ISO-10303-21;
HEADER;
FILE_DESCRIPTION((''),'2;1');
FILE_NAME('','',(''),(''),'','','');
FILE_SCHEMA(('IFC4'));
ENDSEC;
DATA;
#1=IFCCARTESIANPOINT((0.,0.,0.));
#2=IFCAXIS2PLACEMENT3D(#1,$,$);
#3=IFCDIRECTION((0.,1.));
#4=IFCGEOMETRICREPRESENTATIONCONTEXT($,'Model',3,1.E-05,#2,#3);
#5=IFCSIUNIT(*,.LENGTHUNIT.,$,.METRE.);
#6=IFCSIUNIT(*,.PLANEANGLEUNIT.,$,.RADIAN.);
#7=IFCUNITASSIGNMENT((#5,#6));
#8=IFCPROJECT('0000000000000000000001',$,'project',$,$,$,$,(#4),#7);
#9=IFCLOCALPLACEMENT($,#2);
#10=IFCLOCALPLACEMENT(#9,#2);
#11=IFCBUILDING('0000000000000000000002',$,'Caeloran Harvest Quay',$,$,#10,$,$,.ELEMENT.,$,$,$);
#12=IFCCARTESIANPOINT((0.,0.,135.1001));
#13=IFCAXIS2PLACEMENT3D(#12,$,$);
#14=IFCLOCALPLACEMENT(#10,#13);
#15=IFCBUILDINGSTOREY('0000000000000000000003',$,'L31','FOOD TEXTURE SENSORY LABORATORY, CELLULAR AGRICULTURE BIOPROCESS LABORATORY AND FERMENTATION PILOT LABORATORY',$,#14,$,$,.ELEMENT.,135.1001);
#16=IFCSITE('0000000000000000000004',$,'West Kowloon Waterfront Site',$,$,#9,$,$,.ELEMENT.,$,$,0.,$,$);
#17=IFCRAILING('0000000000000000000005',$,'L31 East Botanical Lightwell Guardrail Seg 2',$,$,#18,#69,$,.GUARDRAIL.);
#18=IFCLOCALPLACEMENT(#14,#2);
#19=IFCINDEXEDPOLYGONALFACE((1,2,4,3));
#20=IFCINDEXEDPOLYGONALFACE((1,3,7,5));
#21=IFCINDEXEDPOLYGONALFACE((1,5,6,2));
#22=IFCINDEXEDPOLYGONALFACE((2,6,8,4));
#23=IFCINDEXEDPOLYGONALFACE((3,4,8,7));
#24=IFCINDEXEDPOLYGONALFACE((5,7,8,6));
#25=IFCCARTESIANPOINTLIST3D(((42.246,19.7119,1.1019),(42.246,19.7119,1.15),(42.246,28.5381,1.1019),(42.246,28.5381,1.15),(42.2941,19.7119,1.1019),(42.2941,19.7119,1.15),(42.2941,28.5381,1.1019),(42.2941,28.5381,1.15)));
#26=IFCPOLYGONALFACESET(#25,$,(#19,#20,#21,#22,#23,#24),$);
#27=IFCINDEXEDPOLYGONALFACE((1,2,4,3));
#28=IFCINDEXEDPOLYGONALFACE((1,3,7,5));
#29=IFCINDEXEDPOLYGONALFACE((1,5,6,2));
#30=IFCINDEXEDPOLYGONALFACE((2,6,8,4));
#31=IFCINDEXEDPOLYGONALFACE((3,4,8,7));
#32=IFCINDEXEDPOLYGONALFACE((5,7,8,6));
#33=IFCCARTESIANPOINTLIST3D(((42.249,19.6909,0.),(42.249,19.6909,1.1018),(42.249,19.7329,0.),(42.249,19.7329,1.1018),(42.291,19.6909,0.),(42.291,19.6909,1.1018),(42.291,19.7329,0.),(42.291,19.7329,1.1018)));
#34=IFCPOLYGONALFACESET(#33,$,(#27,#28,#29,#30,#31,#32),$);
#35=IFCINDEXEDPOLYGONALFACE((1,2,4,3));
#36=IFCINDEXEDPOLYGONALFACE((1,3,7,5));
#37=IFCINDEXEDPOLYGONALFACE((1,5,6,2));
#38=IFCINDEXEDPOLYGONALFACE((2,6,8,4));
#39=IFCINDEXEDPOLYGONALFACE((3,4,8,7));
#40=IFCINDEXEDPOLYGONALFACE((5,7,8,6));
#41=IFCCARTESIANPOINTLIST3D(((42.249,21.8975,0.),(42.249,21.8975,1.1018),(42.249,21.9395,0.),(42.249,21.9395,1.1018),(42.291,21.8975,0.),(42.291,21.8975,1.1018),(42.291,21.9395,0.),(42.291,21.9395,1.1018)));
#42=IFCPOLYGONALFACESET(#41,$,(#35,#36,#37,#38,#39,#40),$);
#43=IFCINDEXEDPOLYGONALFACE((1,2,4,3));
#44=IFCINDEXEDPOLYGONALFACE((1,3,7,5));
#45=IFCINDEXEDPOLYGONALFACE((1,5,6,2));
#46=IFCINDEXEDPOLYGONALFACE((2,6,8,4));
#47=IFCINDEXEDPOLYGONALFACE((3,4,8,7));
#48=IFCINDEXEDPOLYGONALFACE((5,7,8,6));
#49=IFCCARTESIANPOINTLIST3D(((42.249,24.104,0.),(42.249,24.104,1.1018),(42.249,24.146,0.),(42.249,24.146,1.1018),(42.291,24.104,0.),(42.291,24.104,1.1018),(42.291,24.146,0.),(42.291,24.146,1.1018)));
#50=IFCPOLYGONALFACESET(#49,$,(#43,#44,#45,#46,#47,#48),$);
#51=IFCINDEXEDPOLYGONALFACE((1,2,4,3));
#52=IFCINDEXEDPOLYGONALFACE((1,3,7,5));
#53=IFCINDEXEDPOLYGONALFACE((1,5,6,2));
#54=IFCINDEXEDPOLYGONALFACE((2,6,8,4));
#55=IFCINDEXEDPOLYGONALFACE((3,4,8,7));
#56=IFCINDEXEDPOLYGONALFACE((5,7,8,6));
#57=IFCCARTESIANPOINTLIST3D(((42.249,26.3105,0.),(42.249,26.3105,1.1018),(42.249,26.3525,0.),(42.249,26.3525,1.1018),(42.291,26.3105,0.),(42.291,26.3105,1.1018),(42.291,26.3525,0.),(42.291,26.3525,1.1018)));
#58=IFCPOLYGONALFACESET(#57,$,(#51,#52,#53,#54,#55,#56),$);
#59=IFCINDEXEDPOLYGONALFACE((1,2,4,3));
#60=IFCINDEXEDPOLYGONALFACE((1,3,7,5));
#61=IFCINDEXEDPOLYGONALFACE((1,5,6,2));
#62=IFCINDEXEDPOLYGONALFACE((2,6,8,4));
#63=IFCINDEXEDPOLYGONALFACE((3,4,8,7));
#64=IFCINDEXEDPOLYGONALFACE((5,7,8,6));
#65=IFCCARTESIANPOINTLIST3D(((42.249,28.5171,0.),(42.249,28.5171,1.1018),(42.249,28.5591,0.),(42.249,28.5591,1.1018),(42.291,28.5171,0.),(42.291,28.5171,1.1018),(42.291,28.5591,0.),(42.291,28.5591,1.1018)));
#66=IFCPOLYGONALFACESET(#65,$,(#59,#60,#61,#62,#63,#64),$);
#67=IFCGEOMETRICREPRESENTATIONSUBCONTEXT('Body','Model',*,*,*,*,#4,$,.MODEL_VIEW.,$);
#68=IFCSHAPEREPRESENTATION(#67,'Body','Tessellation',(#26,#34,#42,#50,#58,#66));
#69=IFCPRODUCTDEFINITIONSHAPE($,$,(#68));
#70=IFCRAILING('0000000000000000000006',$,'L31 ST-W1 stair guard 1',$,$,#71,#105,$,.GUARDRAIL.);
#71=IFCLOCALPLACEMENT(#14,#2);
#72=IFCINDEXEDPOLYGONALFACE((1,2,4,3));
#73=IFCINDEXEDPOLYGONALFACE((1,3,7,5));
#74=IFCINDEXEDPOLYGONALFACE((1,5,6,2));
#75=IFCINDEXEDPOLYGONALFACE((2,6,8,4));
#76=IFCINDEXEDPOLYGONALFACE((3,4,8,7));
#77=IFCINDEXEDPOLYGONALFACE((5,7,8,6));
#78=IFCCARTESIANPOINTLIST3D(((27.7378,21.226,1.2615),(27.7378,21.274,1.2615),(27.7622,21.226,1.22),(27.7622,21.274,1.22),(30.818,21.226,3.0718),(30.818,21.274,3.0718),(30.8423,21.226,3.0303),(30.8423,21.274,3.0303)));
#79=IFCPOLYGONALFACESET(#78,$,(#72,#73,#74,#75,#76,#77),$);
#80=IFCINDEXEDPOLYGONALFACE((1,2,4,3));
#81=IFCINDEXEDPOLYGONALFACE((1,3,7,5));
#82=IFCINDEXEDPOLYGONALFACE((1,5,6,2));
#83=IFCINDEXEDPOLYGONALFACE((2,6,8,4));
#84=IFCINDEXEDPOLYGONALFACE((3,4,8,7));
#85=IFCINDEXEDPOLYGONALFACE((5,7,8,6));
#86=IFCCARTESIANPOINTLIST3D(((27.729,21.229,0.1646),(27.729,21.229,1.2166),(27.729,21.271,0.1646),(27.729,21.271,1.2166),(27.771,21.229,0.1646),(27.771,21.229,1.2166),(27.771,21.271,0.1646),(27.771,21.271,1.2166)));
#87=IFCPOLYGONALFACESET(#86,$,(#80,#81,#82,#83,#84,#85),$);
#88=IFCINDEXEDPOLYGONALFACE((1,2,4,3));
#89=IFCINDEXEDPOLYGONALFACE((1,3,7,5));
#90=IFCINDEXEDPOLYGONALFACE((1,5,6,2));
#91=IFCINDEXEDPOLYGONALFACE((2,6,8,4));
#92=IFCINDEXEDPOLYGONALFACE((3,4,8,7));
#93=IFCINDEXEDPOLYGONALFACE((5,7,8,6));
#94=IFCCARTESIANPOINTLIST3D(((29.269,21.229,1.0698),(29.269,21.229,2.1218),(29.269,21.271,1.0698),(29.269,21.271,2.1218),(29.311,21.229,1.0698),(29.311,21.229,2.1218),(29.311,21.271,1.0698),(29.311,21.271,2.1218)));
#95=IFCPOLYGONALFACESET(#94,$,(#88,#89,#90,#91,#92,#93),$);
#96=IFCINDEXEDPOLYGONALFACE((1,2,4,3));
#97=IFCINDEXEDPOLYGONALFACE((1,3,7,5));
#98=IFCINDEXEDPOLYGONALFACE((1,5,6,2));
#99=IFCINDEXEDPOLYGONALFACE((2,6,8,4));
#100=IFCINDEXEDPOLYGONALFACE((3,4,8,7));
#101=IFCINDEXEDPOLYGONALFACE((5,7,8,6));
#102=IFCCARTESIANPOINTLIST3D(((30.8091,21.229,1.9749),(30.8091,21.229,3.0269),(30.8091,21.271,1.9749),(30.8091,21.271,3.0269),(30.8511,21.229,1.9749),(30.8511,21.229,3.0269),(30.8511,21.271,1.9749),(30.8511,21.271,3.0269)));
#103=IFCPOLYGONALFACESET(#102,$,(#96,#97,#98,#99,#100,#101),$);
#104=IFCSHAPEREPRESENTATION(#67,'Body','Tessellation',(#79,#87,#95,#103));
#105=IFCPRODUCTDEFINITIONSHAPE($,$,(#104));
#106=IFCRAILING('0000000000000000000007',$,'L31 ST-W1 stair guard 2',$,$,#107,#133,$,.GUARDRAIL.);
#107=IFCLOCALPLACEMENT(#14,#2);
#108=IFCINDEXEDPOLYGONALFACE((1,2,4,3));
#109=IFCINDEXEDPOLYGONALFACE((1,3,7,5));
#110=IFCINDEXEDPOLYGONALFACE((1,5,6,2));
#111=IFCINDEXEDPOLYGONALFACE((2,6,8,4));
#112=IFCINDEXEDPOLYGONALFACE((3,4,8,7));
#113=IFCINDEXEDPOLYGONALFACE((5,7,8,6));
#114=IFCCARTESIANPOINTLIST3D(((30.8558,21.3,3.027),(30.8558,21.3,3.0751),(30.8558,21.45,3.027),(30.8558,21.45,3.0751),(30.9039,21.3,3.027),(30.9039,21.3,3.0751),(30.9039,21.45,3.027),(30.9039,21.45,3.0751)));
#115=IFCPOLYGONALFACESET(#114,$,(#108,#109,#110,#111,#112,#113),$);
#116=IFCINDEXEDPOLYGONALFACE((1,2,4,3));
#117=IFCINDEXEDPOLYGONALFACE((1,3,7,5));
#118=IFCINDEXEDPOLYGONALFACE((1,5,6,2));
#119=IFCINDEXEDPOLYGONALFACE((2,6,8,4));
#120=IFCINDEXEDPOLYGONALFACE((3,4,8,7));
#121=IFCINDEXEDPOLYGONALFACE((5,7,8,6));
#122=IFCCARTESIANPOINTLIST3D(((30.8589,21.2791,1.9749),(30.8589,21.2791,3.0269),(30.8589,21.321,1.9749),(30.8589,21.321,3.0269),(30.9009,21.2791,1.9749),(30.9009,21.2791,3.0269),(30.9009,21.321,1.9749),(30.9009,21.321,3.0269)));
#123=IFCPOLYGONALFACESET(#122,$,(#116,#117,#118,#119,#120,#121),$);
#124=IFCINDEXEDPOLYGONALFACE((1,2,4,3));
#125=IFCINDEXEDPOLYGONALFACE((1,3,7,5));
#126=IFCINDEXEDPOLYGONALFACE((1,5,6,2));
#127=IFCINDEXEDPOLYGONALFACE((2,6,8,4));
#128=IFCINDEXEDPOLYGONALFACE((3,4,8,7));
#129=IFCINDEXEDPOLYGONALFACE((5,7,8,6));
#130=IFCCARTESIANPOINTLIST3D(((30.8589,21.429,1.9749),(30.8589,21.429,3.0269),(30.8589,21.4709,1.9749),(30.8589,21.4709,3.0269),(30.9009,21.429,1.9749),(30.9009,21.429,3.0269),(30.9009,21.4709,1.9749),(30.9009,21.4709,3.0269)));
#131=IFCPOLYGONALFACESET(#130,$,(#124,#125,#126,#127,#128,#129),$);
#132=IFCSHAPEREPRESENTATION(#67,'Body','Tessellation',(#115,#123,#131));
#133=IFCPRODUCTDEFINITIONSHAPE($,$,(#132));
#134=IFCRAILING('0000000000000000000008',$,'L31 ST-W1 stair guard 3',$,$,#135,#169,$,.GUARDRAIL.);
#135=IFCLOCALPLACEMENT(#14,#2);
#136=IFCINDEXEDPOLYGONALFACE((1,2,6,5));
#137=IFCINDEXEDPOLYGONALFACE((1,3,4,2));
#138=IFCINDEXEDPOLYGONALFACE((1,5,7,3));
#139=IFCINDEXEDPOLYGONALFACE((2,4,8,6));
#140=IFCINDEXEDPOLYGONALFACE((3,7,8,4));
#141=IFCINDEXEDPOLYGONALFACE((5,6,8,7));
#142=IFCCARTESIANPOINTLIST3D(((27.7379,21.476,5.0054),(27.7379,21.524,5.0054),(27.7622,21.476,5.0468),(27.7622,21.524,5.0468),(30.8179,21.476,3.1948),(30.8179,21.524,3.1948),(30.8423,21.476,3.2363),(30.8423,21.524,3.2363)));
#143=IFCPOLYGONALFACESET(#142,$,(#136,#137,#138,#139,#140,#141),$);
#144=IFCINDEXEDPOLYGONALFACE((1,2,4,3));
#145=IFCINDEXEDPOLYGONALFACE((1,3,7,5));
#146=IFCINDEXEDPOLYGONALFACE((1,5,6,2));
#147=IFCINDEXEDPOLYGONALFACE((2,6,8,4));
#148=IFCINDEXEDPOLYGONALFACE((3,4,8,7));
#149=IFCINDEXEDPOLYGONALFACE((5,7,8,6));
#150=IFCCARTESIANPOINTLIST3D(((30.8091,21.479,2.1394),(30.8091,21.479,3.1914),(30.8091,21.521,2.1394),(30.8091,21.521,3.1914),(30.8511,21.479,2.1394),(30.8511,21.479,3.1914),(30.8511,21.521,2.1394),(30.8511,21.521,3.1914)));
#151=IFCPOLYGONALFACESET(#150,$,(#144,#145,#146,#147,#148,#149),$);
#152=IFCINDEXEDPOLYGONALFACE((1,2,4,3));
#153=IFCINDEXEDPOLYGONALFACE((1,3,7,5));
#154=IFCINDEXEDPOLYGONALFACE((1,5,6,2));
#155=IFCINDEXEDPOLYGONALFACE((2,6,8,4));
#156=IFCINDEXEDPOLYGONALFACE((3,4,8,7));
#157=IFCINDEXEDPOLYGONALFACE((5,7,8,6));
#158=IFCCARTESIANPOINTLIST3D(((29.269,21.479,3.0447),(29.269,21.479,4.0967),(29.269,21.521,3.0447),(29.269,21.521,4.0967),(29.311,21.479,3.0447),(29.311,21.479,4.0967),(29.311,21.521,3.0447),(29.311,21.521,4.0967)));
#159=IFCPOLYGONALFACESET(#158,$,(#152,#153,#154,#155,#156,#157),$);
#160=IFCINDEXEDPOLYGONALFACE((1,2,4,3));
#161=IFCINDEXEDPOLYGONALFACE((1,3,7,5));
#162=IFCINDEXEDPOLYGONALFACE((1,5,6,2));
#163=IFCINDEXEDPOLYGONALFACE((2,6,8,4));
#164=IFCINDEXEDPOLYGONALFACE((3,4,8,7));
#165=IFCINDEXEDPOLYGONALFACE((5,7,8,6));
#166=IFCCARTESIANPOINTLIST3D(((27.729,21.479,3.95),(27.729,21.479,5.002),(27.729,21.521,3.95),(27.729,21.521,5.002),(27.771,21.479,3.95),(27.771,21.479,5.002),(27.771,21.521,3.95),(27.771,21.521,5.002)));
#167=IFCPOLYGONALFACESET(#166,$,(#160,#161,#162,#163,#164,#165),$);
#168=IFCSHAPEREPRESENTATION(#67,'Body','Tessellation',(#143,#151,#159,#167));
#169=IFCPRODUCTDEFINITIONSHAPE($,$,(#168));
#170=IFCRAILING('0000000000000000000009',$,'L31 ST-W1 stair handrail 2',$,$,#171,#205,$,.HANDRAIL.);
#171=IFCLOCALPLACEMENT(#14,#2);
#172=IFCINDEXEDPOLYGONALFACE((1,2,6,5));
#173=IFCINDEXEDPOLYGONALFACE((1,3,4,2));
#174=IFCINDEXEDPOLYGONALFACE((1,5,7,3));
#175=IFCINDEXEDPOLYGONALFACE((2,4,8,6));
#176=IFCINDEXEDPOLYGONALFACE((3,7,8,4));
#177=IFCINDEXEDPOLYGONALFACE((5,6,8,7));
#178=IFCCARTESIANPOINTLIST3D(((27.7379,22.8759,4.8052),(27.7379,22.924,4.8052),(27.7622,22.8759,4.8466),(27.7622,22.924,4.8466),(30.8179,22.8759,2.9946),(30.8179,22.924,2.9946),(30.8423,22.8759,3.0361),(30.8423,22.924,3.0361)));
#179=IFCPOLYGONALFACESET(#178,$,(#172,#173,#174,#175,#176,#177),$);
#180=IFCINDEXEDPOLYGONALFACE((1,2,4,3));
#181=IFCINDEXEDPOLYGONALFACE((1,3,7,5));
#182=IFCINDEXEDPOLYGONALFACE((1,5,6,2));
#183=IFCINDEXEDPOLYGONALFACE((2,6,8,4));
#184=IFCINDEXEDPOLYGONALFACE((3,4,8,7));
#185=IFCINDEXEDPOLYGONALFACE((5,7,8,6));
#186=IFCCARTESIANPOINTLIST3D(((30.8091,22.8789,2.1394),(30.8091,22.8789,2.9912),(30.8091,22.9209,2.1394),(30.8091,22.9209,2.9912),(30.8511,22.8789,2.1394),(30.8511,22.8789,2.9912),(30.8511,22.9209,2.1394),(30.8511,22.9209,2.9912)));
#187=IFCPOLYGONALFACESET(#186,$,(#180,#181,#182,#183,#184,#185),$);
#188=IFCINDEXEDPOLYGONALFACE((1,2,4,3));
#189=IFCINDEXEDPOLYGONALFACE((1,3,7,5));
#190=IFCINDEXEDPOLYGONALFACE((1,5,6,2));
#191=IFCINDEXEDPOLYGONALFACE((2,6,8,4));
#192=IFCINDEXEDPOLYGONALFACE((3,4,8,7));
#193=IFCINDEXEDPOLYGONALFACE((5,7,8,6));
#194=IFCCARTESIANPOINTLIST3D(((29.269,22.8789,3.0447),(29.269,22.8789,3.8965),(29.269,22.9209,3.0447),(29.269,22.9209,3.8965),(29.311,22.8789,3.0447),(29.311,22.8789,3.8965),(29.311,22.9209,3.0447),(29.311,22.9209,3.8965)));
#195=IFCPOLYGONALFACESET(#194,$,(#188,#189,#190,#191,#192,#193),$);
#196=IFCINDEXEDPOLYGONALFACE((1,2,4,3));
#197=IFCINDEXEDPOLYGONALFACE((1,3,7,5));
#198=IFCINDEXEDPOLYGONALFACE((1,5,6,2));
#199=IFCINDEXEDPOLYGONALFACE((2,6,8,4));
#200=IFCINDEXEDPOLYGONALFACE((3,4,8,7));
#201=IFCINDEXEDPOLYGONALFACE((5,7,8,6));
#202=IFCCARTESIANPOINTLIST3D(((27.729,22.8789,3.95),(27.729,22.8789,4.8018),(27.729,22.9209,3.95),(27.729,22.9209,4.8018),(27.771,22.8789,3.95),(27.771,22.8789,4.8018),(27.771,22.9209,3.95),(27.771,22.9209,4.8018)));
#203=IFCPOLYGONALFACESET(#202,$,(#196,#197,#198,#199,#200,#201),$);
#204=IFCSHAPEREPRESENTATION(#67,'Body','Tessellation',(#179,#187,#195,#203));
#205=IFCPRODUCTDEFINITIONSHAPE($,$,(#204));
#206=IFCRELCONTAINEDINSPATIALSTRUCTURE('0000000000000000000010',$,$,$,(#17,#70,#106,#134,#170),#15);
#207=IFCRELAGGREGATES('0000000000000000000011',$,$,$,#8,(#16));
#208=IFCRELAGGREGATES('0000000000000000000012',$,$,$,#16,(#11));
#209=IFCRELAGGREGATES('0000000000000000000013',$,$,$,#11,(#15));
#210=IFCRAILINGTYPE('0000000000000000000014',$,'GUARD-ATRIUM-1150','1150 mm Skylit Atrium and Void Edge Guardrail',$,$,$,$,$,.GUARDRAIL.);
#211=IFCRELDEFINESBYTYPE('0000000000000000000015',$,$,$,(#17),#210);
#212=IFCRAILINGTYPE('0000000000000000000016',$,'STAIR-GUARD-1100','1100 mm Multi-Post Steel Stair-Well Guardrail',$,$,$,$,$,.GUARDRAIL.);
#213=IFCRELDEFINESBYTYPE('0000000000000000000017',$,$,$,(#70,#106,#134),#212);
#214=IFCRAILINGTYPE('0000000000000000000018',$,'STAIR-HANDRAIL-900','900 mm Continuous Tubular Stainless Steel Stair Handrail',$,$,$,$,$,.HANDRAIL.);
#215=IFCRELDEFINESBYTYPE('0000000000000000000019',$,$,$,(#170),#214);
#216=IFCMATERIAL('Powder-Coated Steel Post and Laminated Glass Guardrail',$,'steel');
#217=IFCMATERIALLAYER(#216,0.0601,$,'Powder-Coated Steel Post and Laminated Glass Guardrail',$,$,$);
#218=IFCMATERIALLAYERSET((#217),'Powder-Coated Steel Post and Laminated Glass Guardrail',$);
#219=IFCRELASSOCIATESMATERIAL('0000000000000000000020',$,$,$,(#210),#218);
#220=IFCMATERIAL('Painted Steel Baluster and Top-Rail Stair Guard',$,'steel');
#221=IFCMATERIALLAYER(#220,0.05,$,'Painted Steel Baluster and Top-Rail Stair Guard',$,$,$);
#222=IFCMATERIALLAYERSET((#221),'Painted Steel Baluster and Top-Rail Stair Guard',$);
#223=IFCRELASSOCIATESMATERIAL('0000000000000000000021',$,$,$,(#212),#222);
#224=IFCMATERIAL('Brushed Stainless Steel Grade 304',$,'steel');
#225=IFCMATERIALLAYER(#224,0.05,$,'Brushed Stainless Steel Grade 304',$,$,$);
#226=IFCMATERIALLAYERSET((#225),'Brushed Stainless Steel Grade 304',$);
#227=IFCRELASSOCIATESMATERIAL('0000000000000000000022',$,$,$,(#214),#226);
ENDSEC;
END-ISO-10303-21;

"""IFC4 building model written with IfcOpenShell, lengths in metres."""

from ifc_helpers import new_model, si_unit, direction, frame, origin, origin_2d, place, context, subcontext, project, spatial, rectangle, extrude, material, layer, layer_set, type_object, element, save


model = new_model("IFC4")

# Units and contexts
model_context = context("Model", 3, precision=1e-05, world=origin(), true_north=direction((0.0, 1.0)))
body_context = subcontext(model_context, "Body", "Model", "MODEL_VIEW")
ifc_project = project(units=[si_unit("LENGTHUNIT", "METRE"), si_unit("PLANEANGLEUNIT", "RADIAN")], contexts=[model_context])

# Site, building, storey
site_placement = place(None, origin())
site = spatial("IfcSite", under=ifc_project, at=site_placement, Name="West Kowloon Waterfront Site", CompositionType="ELEMENT", RefElevation=0.0)
building_placement = place(site_placement, origin())
building = spatial("IfcBuilding", under=site, at=building_placement, Name="Caeloran Harvest Quay", CompositionType="ELEMENT")
storey_placement = place(building_placement, frame((0.0, 0.0, 135.1001)))
storey = spatial("IfcBuildingStorey", under=building, at=storey_placement, Name="L31", Description="FOOD TEXTURE SENSORY LABORATORY, CELLULAR AGRICULTURE BIOPROCESS LABORATORY AND FERMENTATION PILOT LABORATORY", CompositionType="ELEMENT", Elevation=135.1001)

# Railings
ifc_material_1 = material(Name="Powder-Coated Steel Post and Laminated Glass Guardrail", Category="steel")
ifc_layer_1 = layer(ifc_material_1, 0.0601, Name="Powder-Coated Steel Post and Laminated Glass Guardrail")
ifc_layer_set_1 = layer_set([ifc_layer_1], Name="Powder-Coated Steel Post and Laminated Glass Guardrail")
railing_type_1 = type_object("IfcRailingType", Name="GUARD-ATRIUM-1150", Description="1150 mm Skylit Atrium and Void Edge Guardrail", PredefinedType="GUARDRAIL", material=ifc_layer_set_1)
railing_1_placement = place(storey_placement, frame((42.27, 19.7119, 0.0)))
element("IfcRailing", 1, at=railing_1_placement, inside=storey, type_object=railing_type_1, Name="L31 East Botanical Lightwell Guardrail Seg 2", PredefinedType="GUARDRAIL", context=body_context, shape_type="SweptSolid", body=[
    extrude(rectangle(XDim=0.0481, YDim=0.0481, at=origin_2d()), frame((0.0, 0.0, 1.126), z_axis=(0.0, 1.0, 0.0), x_axis=(-1.0, 0.0, 0.0)), (0.0, 0.0, 1.0), 8.8262),
    extrude(rectangle(XDim=0.042, YDim=0.042, at=origin_2d()), origin(), (0.0, 0.0, 1.0), 1.1018),
    extrude(rectangle(XDim=0.042, YDim=0.042, at=origin_2d()), frame((0.0, 2.2065, 0.0)), (0.0, 0.0, 1.0), 1.1018),
    extrude(rectangle(XDim=0.042, YDim=0.042, at=origin_2d()), frame((0.0, 4.4131, 0.0)), (0.0, 0.0, 1.0), 1.1018),
    extrude(rectangle(XDim=0.042, YDim=0.042, at=origin_2d()), frame((0.0, 6.6196, 0.0)), (0.0, 0.0, 1.0), 1.1018),
    extrude(rectangle(XDim=0.042, YDim=0.042, at=origin_2d()), frame((0.0, 8.8262, 0.0)), (0.0, 0.0, 1.0), 1.1018),
])
ifc_material_2 = material(Name="Painted Steel Baluster and Top-Rail Stair Guard", Category="steel")
ifc_layer_2 = layer(ifc_material_2, 0.05, Name="Painted Steel Baluster and Top-Rail Stair Guard")
ifc_layer_set_2 = layer_set([ifc_layer_2], Name="Painted Steel Baluster and Top-Rail Stair Guard")
railing_type_2 = type_object("IfcRailingType", Name="STAIR-GUARD-1100", Description="1100 mm Multi-Post Steel Stair-Well Guardrail", PredefinedType="GUARDRAIL", material=ifc_layer_set_2)
railing_2_placement = place(storey_placement, frame((27.75, 21.25, 0.1646)))
element("IfcRailing", 2, at=railing_2_placement, inside=storey, type_object=railing_type_2, Name="L31 ST-W1 stair guard 1", PredefinedType="GUARDRAIL", context=body_context, shape_type="SweptSolid", body=[
    extrude(rectangle(XDim=0.0481, YDim=0.0481, at=origin_2d()), frame((0.0, 0.0, 1.0762), z_axis=(0.862119, 0.0, 0.506707), x_axis=(0.0, 1.0, 0.0)), (0.0, 0.0, 1.0), 3.5728),
    extrude(rectangle(XDim=0.042, YDim=0.042, at=origin_2d()), origin(), (0.0, 0.0, 1.0), 1.052),
    extrude(rectangle(XDim=0.042, YDim=0.042, at=origin_2d()), frame((1.54, 0.0, 0.9053)), (0.0, 0.0, 1.0), 1.052),
    extrude(rectangle(XDim=0.042, YDim=0.042, at=origin_2d()), frame((3.0801, 0.0, 1.8103)), (0.0, 0.0, 1.0), 1.052),
])
railing_3_placement = place(storey_placement, frame((30.8799, 21.3, 1.9749)))
element("IfcRailing", 3, at=railing_3_placement, inside=storey, type_object=railing_type_2, Name="L31 ST-W1 stair guard 2", PredefinedType="GUARDRAIL", context=body_context, shape_type="SweptSolid", body=[
    extrude(rectangle(XDim=0.0481, YDim=0.0481, at=origin_2d()), frame((0.0, 0.0, 1.0762), z_axis=(0.0, 1.0, 0.0), x_axis=(-1.0, 0.0, 0.0)), (0.0, 0.0, 1.0), 0.1499),
    extrude(rectangle(XDim=0.042, YDim=0.042, at=origin_2d()), origin(), (0.0, 0.0, 1.0), 1.052),
    extrude(rectangle(XDim=0.042, YDim=0.042, at=origin_2d()), frame((0.0, 0.1499, 0.0)), (0.0, 0.0, 1.0), 1.052),
])
railing_4_placement = place(storey_placement, frame((30.8301, 21.5, 2.1394)))
element("IfcRailing", 4, at=railing_4_placement, inside=storey, type_object=railing_type_2, Name="L31 ST-W1 stair guard 3", PredefinedType="GUARDRAIL", context=body_context, shape_type="SweptSolid", body=[
    extrude(rectangle(XDim=0.0481, YDim=0.0481, at=origin_2d()), frame((0.0, 0.0, 1.0762), z_axis=(-0.862089, 0.0, 0.506757), x_axis=(0.0, -1.0, 0.0)), (0.0, 0.0, 1.0), 3.5728),
    extrude(rectangle(XDim=0.042, YDim=0.042, at=origin_2d()), origin(), (0.0, 0.0, 1.0), 1.052),
    extrude(rectangle(XDim=0.042, YDim=0.042, at=origin_2d()), frame((-1.54, 0.0, 0.9053)), (0.0, 0.0, 1.0), 1.052),
    extrude(rectangle(XDim=0.042, YDim=0.042, at=origin_2d()), frame((-3.0801, 0.0, 1.8105)), (0.0, 0.0, 1.0), 1.052),
])
ifc_material_3 = material(Name="Brushed Stainless Steel Grade 304", Category="steel")
ifc_layer_3 = layer(ifc_material_3, 0.05, Name="Brushed Stainless Steel Grade 304")
ifc_layer_set_3 = layer_set([ifc_layer_3], Name="Brushed Stainless Steel Grade 304")
railing_type_3 = type_object("IfcRailingType", Name="STAIR-HANDRAIL-900", Description="900 mm Continuous Tubular Stainless Steel Stair Handrail", PredefinedType="HANDRAIL", material=ifc_layer_set_3)
railing_5_placement = place(storey_placement, frame((30.8301, 22.8999, 2.1394)))
element("IfcRailing", 5, at=railing_5_placement, inside=storey, type_object=railing_type_3, Name="L31 ST-W1 stair handrail 2", PredefinedType="HANDRAIL", context=body_context, shape_type="SweptSolid", body=[
    extrude(rectangle(XDim=0.0481, YDim=0.0481, at=origin_2d()), frame((0.0, 0.0, 0.876), z_axis=(-0.862089, 0.0, 0.506757), x_axis=(0.0, -1.0, 0.0)), (0.0, 0.0, 1.0), 3.5728),
    extrude(rectangle(XDim=0.042, YDim=0.042, at=origin_2d()), origin(), (0.0, 0.0, 1.0), 0.8518),
    extrude(rectangle(XDim=0.042, YDim=0.042, at=origin_2d()), frame((-1.54, 0.0, 0.9053)), (0.0, 0.0, 1.0), 0.8518),
    extrude(rectangle(XDim=0.042, YDim=0.042, at=origin_2d()), frame((-3.0801, 0.0, 1.8105)), (0.0, 0.0, 1.0), 0.8518),
])

save(model, "model.ifc")
